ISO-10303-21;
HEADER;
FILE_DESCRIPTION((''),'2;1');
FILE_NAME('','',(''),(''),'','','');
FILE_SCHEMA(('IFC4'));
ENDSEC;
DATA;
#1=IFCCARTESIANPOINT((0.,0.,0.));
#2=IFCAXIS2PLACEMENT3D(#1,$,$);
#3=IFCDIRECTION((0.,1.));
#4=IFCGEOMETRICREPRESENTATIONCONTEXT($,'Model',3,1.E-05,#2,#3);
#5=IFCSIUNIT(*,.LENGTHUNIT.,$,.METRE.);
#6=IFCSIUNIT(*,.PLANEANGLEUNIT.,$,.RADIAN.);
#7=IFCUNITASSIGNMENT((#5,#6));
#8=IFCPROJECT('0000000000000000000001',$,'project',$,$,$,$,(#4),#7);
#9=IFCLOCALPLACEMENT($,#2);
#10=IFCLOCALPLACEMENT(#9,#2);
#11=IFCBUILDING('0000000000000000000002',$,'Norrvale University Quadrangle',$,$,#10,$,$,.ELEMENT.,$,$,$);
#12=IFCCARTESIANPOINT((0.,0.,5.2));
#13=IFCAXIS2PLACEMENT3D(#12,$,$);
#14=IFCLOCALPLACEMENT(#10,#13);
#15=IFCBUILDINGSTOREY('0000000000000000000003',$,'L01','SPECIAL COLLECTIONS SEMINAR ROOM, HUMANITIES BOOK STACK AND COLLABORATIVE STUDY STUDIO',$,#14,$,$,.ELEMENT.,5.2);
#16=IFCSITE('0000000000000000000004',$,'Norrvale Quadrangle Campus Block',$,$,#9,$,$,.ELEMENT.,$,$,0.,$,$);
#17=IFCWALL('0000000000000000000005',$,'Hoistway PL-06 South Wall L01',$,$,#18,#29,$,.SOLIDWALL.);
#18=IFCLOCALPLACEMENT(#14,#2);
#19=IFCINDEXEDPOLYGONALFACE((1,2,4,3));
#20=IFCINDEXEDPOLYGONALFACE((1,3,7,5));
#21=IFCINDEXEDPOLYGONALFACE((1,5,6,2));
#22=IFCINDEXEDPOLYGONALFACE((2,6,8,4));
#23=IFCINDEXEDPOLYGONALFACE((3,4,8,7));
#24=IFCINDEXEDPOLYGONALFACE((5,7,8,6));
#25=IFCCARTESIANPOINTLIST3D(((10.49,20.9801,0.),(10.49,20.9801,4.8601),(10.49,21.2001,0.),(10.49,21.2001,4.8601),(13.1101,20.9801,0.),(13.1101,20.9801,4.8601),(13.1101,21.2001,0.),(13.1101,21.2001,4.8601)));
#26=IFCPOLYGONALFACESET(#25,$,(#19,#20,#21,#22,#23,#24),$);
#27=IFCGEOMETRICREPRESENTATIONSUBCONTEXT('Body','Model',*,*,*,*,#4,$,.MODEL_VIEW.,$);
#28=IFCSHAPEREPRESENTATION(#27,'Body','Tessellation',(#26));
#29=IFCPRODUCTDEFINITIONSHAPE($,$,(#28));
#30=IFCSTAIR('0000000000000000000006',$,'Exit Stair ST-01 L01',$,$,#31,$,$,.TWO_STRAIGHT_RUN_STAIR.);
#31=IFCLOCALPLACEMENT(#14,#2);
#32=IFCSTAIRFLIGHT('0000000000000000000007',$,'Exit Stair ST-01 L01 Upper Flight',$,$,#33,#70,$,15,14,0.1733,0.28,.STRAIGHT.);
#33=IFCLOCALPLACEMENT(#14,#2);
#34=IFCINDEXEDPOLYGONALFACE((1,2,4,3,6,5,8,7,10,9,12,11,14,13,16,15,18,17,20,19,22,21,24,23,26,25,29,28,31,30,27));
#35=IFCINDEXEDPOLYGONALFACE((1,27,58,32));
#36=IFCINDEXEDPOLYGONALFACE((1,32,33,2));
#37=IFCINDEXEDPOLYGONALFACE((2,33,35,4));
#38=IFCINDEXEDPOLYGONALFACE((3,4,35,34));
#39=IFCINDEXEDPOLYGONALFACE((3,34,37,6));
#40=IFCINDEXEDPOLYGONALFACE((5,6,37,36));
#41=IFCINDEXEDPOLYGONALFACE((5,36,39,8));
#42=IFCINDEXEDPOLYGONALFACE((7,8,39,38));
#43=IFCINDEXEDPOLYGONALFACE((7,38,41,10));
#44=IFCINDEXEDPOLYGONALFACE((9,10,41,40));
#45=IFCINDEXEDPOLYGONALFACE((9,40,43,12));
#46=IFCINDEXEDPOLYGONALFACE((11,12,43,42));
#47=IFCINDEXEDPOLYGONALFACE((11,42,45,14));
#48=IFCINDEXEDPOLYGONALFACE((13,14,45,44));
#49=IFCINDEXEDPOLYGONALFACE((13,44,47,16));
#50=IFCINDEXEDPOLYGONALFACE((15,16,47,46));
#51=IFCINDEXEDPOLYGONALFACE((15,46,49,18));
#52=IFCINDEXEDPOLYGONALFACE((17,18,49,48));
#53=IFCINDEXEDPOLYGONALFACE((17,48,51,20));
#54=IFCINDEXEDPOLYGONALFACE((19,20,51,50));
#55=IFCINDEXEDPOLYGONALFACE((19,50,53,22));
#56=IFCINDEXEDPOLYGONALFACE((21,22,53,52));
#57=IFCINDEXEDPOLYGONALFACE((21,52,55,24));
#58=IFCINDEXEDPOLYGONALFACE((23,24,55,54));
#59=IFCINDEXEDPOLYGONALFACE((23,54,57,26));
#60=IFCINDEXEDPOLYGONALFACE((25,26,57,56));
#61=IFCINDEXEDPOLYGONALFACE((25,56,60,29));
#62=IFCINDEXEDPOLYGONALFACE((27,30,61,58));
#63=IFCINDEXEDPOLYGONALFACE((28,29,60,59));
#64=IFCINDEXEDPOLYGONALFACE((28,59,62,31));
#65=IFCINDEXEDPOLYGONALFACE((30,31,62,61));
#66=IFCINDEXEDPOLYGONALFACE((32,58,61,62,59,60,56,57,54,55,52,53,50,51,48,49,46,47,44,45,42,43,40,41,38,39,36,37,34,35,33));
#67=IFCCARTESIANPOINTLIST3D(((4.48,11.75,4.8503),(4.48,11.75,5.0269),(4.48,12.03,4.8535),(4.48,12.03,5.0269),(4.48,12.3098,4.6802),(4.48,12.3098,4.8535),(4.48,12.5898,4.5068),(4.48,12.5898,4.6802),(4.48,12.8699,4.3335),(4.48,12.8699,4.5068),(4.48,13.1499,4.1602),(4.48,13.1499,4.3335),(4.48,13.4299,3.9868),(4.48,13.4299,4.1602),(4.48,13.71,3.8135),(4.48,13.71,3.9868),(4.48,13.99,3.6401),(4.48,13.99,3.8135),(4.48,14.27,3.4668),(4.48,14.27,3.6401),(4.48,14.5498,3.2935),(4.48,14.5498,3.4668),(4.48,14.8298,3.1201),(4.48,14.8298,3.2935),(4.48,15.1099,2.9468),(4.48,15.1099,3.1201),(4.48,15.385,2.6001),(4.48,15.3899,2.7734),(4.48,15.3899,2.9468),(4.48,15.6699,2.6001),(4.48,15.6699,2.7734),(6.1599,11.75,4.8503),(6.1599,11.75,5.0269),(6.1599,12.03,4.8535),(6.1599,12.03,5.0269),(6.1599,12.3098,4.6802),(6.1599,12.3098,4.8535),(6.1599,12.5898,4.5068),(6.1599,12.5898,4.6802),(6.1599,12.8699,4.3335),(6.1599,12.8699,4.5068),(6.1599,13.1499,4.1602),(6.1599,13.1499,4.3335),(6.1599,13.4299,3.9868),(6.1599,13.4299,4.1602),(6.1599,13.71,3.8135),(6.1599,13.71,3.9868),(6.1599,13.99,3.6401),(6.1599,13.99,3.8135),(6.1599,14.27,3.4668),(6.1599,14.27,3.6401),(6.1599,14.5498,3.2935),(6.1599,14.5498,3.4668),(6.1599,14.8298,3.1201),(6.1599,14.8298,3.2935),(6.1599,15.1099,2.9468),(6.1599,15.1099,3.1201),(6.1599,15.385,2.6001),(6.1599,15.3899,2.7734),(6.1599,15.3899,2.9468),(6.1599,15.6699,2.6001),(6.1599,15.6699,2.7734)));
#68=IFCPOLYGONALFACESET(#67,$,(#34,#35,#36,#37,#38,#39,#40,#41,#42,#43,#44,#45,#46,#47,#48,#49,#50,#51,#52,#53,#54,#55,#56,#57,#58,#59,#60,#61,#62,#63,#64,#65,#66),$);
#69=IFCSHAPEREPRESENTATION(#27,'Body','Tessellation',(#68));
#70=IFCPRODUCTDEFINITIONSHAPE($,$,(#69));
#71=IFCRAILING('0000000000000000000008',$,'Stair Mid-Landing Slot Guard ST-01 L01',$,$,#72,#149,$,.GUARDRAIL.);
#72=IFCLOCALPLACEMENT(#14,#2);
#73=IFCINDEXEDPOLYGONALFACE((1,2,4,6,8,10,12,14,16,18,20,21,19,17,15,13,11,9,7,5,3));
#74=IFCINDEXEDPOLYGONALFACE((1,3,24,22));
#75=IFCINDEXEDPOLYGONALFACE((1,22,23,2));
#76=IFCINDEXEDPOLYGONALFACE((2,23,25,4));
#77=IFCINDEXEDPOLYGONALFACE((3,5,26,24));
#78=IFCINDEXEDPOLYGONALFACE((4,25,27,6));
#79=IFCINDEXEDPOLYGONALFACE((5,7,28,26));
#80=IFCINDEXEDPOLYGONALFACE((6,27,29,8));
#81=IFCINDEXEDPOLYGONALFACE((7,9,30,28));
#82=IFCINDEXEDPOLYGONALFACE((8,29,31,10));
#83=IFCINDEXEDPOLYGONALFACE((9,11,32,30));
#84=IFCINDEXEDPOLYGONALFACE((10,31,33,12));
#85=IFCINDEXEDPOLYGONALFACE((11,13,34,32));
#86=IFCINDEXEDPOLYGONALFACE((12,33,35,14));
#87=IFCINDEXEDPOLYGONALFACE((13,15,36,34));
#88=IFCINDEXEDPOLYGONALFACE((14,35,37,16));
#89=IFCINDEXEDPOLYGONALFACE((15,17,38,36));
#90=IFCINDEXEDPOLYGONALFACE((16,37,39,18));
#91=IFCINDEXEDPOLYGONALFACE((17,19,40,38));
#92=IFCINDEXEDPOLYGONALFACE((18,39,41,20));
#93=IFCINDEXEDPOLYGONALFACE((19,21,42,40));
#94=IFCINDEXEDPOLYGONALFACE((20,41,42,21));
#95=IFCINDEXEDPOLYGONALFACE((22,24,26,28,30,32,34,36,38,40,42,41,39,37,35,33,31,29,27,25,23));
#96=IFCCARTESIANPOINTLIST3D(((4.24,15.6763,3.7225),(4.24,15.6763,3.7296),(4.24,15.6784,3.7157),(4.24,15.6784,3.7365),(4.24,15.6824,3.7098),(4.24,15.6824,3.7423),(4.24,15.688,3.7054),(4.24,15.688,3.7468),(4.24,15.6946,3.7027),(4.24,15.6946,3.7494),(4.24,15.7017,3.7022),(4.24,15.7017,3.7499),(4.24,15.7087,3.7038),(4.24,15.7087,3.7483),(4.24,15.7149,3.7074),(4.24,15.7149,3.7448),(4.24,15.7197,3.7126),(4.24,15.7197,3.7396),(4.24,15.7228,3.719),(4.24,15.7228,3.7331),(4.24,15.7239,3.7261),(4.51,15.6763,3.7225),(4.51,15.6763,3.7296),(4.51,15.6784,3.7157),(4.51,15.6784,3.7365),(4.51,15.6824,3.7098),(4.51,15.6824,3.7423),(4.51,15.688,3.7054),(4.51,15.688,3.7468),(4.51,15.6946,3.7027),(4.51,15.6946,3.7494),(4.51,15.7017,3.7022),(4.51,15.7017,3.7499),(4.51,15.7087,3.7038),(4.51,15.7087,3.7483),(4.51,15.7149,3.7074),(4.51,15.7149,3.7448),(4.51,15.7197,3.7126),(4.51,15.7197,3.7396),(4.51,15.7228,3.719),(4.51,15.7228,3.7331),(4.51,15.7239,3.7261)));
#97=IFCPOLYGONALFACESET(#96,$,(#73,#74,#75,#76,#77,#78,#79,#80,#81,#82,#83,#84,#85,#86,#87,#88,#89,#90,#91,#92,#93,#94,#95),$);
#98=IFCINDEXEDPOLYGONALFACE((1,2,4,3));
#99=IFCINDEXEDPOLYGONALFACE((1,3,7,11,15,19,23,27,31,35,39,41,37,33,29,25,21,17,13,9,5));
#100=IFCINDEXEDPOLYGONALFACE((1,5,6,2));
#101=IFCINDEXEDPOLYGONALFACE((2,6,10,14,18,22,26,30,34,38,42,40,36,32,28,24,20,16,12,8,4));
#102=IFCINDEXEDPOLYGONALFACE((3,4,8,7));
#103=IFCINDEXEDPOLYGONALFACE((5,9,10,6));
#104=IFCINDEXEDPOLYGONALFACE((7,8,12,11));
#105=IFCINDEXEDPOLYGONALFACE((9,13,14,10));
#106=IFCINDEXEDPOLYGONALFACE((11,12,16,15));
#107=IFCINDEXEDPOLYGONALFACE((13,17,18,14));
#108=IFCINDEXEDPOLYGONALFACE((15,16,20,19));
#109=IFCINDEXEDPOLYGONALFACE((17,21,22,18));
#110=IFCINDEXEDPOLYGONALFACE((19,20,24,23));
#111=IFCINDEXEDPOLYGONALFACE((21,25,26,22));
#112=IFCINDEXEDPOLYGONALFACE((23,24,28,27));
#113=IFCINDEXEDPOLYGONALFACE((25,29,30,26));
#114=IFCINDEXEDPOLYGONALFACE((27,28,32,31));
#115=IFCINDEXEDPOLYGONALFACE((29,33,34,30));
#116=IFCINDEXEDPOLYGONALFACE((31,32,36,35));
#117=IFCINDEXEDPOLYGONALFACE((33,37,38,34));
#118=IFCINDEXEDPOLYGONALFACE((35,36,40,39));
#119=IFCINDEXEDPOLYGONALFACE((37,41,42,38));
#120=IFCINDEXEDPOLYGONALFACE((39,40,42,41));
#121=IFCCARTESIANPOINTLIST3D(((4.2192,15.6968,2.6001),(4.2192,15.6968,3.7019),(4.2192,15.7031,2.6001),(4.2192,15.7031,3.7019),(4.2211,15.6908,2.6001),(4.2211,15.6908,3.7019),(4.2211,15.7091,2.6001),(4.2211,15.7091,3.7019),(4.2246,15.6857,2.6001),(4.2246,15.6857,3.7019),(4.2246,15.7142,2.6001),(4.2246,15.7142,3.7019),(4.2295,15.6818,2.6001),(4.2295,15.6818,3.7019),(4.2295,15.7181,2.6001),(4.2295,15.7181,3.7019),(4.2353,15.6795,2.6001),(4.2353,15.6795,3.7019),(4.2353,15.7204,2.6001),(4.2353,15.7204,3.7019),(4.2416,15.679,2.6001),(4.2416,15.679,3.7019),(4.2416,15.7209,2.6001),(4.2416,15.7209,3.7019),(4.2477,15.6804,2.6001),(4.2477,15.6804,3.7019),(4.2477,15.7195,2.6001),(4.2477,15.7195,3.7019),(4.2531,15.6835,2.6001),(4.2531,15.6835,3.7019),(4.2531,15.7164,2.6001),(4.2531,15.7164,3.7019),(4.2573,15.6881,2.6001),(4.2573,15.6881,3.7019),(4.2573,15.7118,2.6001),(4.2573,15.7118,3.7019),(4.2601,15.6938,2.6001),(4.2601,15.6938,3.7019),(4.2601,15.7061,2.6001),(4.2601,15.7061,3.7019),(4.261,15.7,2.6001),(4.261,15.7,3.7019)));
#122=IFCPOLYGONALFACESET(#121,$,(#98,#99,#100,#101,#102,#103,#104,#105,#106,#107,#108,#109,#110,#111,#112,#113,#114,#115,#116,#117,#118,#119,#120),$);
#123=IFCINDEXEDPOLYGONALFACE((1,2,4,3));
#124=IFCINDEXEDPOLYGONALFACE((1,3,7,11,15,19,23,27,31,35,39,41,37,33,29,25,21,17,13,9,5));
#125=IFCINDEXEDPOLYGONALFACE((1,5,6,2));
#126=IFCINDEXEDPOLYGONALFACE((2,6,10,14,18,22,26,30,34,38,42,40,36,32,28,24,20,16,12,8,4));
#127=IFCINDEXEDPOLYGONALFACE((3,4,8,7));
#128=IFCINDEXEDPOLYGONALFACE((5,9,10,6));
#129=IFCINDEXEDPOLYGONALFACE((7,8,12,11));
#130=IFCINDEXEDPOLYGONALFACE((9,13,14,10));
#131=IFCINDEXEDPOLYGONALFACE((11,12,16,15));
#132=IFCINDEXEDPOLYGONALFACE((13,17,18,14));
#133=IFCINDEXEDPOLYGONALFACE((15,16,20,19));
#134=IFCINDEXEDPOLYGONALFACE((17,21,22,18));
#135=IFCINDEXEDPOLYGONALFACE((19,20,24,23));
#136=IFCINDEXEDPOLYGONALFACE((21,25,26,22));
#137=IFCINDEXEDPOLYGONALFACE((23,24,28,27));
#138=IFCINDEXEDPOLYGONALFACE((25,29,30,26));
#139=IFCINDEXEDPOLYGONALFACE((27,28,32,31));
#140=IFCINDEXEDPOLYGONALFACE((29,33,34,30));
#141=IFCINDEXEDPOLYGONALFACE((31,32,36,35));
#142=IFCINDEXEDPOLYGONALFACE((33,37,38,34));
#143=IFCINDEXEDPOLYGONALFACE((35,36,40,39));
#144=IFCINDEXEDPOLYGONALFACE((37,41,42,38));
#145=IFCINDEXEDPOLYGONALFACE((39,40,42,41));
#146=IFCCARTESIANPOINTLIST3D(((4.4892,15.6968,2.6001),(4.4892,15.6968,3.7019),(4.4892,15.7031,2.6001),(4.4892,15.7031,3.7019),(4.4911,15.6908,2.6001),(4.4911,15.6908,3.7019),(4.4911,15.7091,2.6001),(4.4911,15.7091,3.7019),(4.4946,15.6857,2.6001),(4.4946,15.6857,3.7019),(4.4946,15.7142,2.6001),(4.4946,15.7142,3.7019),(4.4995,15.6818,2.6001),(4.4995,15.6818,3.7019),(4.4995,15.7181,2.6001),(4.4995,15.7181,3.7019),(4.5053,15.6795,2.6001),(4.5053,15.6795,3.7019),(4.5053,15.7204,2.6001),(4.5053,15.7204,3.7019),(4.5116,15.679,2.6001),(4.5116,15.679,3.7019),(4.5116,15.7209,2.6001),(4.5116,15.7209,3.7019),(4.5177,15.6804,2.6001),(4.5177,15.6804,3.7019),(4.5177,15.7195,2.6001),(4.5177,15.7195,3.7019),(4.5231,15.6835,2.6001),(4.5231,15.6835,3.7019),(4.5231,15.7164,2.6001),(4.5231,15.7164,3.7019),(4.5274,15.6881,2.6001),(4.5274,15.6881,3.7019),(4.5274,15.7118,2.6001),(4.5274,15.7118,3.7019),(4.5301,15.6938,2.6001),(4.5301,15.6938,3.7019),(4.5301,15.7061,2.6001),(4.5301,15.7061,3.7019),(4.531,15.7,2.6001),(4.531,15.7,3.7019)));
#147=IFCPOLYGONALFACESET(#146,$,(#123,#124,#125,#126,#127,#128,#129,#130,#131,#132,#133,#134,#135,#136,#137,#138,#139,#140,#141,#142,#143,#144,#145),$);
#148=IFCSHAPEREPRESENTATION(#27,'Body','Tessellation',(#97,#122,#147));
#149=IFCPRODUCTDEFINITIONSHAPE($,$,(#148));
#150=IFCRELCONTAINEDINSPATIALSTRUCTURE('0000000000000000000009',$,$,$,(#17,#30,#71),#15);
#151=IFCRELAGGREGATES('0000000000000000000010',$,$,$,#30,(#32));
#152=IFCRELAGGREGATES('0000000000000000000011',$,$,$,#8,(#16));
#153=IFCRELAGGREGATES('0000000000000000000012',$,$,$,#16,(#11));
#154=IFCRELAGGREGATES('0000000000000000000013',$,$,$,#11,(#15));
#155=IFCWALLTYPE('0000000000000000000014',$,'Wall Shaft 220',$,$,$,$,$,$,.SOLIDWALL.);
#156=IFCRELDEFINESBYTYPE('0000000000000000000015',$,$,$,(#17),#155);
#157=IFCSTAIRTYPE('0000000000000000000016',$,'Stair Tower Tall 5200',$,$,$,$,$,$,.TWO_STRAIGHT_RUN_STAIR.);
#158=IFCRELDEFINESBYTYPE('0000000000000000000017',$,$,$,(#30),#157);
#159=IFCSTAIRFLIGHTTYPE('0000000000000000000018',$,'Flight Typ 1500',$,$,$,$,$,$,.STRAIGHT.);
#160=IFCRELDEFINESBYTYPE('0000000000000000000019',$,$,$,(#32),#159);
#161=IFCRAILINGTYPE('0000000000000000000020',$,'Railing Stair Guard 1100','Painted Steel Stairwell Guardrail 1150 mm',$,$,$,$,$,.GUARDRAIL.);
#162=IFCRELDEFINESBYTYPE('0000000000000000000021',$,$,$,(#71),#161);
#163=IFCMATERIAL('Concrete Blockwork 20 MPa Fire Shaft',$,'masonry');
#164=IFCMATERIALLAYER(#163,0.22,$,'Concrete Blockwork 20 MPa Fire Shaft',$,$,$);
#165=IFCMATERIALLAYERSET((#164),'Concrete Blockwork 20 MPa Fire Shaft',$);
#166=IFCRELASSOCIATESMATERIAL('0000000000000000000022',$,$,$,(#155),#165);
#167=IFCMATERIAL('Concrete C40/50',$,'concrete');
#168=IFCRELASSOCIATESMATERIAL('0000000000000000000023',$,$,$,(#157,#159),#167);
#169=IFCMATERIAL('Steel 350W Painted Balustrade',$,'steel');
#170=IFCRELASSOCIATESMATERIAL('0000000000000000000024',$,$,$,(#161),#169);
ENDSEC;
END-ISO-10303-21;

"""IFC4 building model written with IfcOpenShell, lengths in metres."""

from ifc_helpers import new_model, si_unit, direction, frame, frame_2d, origin, origin_2d, place, context, subcontext, project, spatial, polyline, rectangle, circle, outline, extrude, material, layer, layer_set, type_object, element, aggregate, save


model = new_model("IFC4")

# Units and contexts
model_context = context("Model", 3, precision=1e-05, world=origin(), true_north=direction((0.0, 1.0)))
body_context = subcontext(model_context, "Body", "Model", "MODEL_VIEW")
ifc_project = project(units=[si_unit("LENGTHUNIT", "METRE"), si_unit("PLANEANGLEUNIT", "RADIAN")], contexts=[model_context])

# Site, building, storey
site_placement = place(None, origin())
site = spatial("IfcSite", under=ifc_project, at=site_placement, Name="Norrvale Quadrangle Campus Block", CompositionType="ELEMENT", RefElevation=0.0)
building_placement = place(site_placement, origin())
building = spatial("IfcBuilding", under=site, at=building_placement, Name="Norrvale University Quadrangle", CompositionType="ELEMENT")
storey_placement = place(building_placement, frame((0.0, 0.0, 5.2)))
storey = spatial("IfcBuildingStorey", under=building, at=storey_placement, Name="L01", Description="SPECIAL COLLECTIONS SEMINAR ROOM, HUMANITIES BOOK STACK AND COLLABORATIVE STUDY STUDIO", CompositionType="ELEMENT", Elevation=5.2)

# Shared definitions
ifc_material_1 = material(Name="Concrete Blockwork 20 MPa Fire Shaft", Category="masonry")
ifc_layer_1 = layer(ifc_material_1, 0.22, Name="Concrete Blockwork 20 MPa Fire Shaft")
ifc_layer_set_1 = layer_set([ifc_layer_1], Name="Concrete Blockwork 20 MPa Fire Shaft")
wall_type_1 = type_object("IfcWallType", Name="Wall Shaft 220", PredefinedType="SOLIDWALL", material=ifc_layer_set_1)

# Wall
wall_1_placement = place(storey_placement, frame((10.49, 21.0901, 0.0), z_axis=(0.0, 0.0, 1.0), x_axis=(1.0, 0.0, 0.0)))
element("IfcWall", 1, at=wall_1_placement, inside=storey, type_object=wall_type_1, Name="Hoistway PL-06 South Wall L01", PredefinedType="SOLIDWALL", context=body_context, shape_type="SweptSolid", body=[
    extrude(rectangle(XDim=2.6201, YDim=0.22, at=frame_2d((1.3101, 0.0))), origin(), (0.0, 0.0, 1.0), 4.8601),
])

# Stair, stair flight
ifc_material_2 = material(Name="Concrete C40/50", Category="concrete")
stair_type = type_object("IfcStairType", Name="Stair Tower Tall 5200", PredefinedType="TWO_STRAIGHT_RUN_STAIR", material=ifc_material_2)
stair_placement = place(storey_placement, origin())
stair = element("IfcStair", 2, at=stair_placement, inside=storey, type_object=stair_type, Name="Exit Stair ST-01 L01", PredefinedType="TWO_STRAIGHT_RUN_STAIR")
stair_flight_type = type_object("IfcStairFlightType", Name="Flight Typ 1500", PredefinedType="STRAIGHT", material=ifc_material_2)
stair_flight_placement = place(storey_placement, frame((5.3201, 15.6699, 2.6001), z_axis=(0.0, 0.0, 1.0), x_axis=(0.0, -1.0, 0.0)))
stair_flight = element("IfcStairFlight", 3, at=stair_flight_placement, type_object=stair_flight_type, Name="Exit Stair ST-01 L01 Upper Flight", NumberOfRisers=15, NumberOfTreads=14, PredefinedType="STRAIGHT", RiserHeight=0.1733, TreadLength=0.28, context=body_context, shape_type="SweptSolid", body=[
    extrude(outline(polyline([(0.0, 0.0), (0.0, 0.1733), (0.28, 0.1733), (0.28, 0.3467), (0.5601, 0.3467), (0.5601, 0.52), (0.8401, 0.52), (0.8401, 0.6934), (1.1201, 0.6934), (1.1201, 0.8667), (1.3999, 0.8667), (1.3999, 1.04), (1.6799, 1.04), (1.6799, 1.2134), (1.96, 1.2134), (1.96, 1.3867), (2.24, 1.3867), (2.24, 1.5601), (2.52, 1.5601), (2.52, 1.7334), (2.8, 1.7334), (2.8, 1.9067), (3.0801, 1.9067), (3.0801, 2.0801), (3.3601, 2.0801), (3.3601, 2.2534), (3.6399, 2.2534), (3.6399, 2.4268), (3.9199, 2.4268), (3.9199, 2.6001), (3.9199, 2.2502), (0.2849, 0.0), (0.0, 0.0)])), frame((0.0, 0.8398, 0.0), z_axis=(0.0, -1.0, 0.0), x_axis=(1.0, 0.0, 0.0)), (0.0, 0.0, 1.0), 1.6799),
])
aggregate(stair, [stair_flight])

# Railing
ifc_material_3 = material(Name="Steel 350W Painted Balustrade", Category="steel")
railing_type_1 = type_object("IfcRailingType", Name="Railing Stair Guard 1100", Description="Painted Steel Stairwell Guardrail 1150 mm", PredefinedType="GUARDRAIL", material=ifc_material_3)
railing_1_placement = place(storey_placement, frame((4.24, 15.7, 2.6001)))
element("IfcRailing", 4, at=railing_1_placement, inside=storey, type_object=railing_type_1, Name="Stair Mid-Landing Slot Guard ST-01 L01", PredefinedType="GUARDRAIL", context=body_context, shape_type="SweptSolid", body=[
    extrude(circle(Radius=0.0239, at=origin_2d()), frame((0.0, 0.0, 1.126), z_axis=(1.0, 0.0, 0.0), x_axis=(0.0, 1.0, 0.0)), (0.0, 0.0, 1.0), 0.27),
    extrude(circle(Radius=0.021, at=origin_2d()), origin(), (0.0, 0.0, 1.0), 1.1018),
    extrude(circle(Radius=0.021, at=origin_2d()), frame((0.27, 0.0, 0.0)), (0.0, 0.0, 1.0), 1.1018),
])

save(model, "model.ifc")
